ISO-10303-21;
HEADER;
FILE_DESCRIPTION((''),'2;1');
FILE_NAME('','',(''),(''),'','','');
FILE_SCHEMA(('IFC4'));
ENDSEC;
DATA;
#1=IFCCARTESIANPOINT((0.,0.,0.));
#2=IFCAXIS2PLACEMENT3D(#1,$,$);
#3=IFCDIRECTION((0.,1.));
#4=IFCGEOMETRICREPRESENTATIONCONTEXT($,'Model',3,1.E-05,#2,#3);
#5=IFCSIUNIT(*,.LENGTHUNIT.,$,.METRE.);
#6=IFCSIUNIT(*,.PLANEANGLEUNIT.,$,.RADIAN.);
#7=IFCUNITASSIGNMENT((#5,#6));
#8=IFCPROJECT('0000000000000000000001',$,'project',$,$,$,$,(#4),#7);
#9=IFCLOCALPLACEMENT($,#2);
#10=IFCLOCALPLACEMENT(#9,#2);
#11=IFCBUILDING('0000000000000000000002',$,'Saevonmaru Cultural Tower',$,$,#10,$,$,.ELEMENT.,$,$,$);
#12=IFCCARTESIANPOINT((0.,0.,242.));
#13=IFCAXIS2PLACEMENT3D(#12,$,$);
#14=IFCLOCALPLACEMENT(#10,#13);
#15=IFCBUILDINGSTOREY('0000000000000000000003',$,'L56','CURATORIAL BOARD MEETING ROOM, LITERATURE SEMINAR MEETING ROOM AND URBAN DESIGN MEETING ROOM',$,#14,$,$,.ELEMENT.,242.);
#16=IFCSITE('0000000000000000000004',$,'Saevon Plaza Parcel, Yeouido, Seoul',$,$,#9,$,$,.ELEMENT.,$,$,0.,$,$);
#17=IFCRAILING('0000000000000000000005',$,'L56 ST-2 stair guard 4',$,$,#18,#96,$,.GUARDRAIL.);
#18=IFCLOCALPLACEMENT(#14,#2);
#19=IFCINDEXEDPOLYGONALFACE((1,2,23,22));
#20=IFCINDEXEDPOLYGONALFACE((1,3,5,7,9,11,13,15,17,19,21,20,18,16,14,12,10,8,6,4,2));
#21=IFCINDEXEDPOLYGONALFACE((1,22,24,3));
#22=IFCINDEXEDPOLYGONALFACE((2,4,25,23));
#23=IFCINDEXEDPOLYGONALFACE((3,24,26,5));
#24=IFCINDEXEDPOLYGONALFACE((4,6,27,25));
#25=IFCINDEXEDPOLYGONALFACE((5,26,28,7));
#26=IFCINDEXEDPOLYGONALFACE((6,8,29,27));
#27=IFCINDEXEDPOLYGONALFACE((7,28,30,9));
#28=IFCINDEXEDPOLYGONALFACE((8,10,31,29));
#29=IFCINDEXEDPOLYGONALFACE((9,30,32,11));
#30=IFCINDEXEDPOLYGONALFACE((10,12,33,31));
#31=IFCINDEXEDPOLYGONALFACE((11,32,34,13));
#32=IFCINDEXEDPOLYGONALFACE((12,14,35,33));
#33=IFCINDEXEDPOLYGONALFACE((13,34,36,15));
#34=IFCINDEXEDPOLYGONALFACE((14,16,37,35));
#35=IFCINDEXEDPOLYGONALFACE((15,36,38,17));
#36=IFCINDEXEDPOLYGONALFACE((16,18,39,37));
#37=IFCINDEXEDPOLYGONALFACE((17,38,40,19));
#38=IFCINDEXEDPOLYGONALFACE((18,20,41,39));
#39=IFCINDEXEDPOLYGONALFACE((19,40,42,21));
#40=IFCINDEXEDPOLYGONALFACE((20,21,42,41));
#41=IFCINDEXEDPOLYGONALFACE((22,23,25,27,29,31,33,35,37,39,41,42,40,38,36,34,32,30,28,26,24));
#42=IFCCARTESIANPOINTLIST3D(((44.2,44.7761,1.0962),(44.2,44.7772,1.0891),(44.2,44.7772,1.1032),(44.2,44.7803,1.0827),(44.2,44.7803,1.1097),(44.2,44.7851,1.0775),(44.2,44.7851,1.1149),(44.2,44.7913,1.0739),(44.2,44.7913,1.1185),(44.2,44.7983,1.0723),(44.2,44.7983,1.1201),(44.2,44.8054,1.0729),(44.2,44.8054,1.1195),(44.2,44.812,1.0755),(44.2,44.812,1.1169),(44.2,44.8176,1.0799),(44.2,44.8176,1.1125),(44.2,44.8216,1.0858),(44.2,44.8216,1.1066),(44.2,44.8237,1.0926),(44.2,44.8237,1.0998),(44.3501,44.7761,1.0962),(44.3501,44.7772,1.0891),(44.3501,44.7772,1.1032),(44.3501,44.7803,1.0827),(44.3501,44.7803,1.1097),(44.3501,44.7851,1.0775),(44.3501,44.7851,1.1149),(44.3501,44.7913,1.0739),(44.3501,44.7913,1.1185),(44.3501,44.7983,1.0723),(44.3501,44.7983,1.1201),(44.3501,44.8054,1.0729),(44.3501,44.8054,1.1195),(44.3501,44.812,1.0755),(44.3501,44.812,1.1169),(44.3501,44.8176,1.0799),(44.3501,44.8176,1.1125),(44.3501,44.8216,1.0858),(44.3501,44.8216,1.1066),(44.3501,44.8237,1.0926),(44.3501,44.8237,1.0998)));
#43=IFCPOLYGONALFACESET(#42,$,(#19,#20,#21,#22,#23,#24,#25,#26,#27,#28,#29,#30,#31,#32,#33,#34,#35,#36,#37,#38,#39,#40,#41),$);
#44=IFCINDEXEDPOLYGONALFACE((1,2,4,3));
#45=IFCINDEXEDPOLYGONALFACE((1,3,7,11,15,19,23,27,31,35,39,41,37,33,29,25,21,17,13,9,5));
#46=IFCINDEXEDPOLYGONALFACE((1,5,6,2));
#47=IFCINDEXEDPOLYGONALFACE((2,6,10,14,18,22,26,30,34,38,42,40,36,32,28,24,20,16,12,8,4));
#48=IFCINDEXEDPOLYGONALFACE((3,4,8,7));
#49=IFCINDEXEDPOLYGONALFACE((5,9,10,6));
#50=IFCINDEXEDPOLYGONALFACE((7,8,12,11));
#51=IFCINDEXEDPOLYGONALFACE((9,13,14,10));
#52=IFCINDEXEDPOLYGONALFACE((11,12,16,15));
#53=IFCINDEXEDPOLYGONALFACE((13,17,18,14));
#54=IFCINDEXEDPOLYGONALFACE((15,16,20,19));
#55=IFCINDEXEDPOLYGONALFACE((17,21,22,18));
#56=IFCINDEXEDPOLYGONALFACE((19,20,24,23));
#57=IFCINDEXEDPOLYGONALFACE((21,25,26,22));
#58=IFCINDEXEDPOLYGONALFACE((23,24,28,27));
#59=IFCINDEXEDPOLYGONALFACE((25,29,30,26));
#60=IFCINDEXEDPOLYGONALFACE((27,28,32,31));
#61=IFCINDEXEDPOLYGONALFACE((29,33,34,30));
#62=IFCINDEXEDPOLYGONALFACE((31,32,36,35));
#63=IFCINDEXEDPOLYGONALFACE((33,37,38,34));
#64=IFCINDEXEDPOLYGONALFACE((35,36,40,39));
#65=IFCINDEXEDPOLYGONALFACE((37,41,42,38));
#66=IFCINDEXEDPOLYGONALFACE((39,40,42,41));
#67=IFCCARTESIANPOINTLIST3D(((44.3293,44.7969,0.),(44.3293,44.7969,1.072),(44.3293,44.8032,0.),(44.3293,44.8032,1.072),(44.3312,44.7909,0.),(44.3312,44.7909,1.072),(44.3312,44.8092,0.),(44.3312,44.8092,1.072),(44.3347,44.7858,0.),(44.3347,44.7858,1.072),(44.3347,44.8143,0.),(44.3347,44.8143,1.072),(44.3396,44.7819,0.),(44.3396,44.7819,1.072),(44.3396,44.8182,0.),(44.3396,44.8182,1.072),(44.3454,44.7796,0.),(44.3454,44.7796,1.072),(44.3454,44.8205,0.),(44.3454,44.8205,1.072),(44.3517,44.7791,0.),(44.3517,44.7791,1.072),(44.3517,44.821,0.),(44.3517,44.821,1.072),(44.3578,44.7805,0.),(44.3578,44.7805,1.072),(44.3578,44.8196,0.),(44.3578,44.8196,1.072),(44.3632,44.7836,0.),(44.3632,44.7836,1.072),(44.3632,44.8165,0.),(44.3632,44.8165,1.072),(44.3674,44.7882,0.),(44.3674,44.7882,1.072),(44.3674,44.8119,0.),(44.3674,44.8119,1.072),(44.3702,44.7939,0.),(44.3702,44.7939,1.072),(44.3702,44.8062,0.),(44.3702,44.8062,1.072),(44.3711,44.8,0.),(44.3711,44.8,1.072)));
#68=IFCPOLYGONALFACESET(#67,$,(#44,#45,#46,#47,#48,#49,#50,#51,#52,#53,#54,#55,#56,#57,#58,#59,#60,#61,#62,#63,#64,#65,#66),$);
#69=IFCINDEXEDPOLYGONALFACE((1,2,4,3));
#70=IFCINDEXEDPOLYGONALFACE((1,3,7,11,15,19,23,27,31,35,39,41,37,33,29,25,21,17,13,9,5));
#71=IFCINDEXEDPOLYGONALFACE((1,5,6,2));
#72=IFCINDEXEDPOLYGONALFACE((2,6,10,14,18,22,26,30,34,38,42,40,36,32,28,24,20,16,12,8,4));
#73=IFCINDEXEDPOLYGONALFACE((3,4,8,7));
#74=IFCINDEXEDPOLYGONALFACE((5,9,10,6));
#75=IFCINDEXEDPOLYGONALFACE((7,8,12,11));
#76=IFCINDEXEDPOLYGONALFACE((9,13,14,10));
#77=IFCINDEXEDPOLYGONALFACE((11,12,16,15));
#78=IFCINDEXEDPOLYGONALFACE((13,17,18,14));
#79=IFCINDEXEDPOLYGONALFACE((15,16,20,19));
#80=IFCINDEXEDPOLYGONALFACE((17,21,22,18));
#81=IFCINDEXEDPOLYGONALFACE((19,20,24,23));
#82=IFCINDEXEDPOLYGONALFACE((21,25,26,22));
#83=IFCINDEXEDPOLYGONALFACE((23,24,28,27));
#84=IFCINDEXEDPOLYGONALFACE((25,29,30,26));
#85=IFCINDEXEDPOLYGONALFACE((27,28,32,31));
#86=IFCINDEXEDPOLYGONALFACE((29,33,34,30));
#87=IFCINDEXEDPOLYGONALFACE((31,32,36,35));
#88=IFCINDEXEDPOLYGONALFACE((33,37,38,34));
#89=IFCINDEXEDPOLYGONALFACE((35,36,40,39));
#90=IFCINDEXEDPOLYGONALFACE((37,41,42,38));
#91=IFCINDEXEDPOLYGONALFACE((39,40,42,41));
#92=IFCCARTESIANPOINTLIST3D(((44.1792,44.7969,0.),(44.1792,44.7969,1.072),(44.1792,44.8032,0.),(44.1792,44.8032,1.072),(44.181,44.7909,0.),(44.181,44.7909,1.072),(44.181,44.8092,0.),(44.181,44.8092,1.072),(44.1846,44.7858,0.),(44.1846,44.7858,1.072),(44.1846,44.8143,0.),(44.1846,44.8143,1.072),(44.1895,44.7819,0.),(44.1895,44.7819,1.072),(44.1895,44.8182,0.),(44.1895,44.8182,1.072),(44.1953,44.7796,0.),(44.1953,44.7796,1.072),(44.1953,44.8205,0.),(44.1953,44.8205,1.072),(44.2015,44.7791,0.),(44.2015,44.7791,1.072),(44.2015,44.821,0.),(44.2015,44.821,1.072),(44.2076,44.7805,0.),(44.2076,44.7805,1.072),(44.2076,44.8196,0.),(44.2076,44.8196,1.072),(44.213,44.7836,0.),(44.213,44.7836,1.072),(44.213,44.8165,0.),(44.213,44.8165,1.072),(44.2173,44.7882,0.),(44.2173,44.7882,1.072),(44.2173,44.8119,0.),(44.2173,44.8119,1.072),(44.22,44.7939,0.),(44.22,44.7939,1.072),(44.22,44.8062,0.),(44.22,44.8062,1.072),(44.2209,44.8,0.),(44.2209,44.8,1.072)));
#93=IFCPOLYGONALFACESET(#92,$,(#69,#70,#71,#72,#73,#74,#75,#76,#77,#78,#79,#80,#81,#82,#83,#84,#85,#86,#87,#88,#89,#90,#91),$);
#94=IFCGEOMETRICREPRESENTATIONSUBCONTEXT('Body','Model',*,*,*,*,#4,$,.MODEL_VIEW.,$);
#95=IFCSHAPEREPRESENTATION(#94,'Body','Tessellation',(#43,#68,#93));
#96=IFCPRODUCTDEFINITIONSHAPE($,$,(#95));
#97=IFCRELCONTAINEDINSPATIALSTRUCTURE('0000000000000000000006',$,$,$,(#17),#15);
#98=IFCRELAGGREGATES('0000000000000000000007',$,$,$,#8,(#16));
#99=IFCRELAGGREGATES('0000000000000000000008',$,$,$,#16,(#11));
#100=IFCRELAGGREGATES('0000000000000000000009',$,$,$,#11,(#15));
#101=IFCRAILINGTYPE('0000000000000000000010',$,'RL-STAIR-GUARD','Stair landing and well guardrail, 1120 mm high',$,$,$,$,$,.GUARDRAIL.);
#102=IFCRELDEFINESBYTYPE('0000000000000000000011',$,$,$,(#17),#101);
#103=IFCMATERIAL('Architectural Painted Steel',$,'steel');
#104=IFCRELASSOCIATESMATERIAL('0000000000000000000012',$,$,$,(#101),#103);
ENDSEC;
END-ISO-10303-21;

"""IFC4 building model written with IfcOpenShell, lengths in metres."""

from ifc_helpers import new_model, si_unit, direction, frame, origin, origin_2d, place, context, subcontext, project, spatial, circle, extrude, material, type_object, element, save


model = new_model("IFC4")

# Units and contexts
model_context = context("Model", 3, precision=1e-05, world=origin(), true_north=direction((0.0, 1.0)))
body_context = subcontext(model_context, "Body", "Model", "MODEL_VIEW")
ifc_project = project(units=[si_unit("LENGTHUNIT", "METRE"), si_unit("PLANEANGLEUNIT", "RADIAN")], contexts=[model_context])

# Site, building, storey
site_placement = place(None, origin())
site = spatial("IfcSite", under=ifc_project, at=site_placement, Name="Saevon Plaza Parcel, Yeouido, Seoul", CompositionType="ELEMENT", RefElevation=0.0)
building_placement = place(site_placement, origin())
building = spatial("IfcBuilding", under=site, at=building_placement, Name="Saevonmaru Cultural Tower", CompositionType="ELEMENT")
storey_placement = place(building_placement, frame((0.0, 0.0, 242.0)))
storey = spatial("IfcBuildingStorey", under=building, at=storey_placement, Name="L56", Description="CURATORIAL BOARD MEETING ROOM, LITERATURE SEMINAR MEETING ROOM AND URBAN DESIGN MEETING ROOM", CompositionType="ELEMENT", Elevation=242.0)

# Railing
ifc_material_1 = material(Name="Architectural Painted Steel", Category="steel")
railing_type_1 = type_object("IfcRailingType", Name="RL-STAIR-GUARD", Description="Stair landing and well guardrail, 1120 mm high", PredefinedType="GUARDRAIL", material=ifc_material_1)
railing_1_placement = place(storey_placement, frame((44.3501, 44.8, 0.0)))
element("IfcRailing", 1, at=railing_1_placement, inside=storey, type_object=railing_type_1, Name="L56 ST-2 stair guard 4", PredefinedType="GUARDRAIL", context=body_context, shape_type="SweptSolid", body=[
    extrude(circle(Radius=0.0239, at=origin_2d()), frame((0.0, 0.0, 1.0962), z_axis=(-1.0, 0.0, 0.0), x_axis=(0.0, -1.0, 0.0)), (0.0, 0.0, 1.0), 0.1501),
    extrude(circle(Radius=0.021, at=origin_2d()), origin(), (0.0, 0.0, 1.0), 1.072),
    extrude(circle(Radius=0.021, at=origin_2d()), frame((-0.1501, 0.0, 0.0)), (0.0, 0.0, 1.0), 1.072),
])

save(model, "model.ifc")
